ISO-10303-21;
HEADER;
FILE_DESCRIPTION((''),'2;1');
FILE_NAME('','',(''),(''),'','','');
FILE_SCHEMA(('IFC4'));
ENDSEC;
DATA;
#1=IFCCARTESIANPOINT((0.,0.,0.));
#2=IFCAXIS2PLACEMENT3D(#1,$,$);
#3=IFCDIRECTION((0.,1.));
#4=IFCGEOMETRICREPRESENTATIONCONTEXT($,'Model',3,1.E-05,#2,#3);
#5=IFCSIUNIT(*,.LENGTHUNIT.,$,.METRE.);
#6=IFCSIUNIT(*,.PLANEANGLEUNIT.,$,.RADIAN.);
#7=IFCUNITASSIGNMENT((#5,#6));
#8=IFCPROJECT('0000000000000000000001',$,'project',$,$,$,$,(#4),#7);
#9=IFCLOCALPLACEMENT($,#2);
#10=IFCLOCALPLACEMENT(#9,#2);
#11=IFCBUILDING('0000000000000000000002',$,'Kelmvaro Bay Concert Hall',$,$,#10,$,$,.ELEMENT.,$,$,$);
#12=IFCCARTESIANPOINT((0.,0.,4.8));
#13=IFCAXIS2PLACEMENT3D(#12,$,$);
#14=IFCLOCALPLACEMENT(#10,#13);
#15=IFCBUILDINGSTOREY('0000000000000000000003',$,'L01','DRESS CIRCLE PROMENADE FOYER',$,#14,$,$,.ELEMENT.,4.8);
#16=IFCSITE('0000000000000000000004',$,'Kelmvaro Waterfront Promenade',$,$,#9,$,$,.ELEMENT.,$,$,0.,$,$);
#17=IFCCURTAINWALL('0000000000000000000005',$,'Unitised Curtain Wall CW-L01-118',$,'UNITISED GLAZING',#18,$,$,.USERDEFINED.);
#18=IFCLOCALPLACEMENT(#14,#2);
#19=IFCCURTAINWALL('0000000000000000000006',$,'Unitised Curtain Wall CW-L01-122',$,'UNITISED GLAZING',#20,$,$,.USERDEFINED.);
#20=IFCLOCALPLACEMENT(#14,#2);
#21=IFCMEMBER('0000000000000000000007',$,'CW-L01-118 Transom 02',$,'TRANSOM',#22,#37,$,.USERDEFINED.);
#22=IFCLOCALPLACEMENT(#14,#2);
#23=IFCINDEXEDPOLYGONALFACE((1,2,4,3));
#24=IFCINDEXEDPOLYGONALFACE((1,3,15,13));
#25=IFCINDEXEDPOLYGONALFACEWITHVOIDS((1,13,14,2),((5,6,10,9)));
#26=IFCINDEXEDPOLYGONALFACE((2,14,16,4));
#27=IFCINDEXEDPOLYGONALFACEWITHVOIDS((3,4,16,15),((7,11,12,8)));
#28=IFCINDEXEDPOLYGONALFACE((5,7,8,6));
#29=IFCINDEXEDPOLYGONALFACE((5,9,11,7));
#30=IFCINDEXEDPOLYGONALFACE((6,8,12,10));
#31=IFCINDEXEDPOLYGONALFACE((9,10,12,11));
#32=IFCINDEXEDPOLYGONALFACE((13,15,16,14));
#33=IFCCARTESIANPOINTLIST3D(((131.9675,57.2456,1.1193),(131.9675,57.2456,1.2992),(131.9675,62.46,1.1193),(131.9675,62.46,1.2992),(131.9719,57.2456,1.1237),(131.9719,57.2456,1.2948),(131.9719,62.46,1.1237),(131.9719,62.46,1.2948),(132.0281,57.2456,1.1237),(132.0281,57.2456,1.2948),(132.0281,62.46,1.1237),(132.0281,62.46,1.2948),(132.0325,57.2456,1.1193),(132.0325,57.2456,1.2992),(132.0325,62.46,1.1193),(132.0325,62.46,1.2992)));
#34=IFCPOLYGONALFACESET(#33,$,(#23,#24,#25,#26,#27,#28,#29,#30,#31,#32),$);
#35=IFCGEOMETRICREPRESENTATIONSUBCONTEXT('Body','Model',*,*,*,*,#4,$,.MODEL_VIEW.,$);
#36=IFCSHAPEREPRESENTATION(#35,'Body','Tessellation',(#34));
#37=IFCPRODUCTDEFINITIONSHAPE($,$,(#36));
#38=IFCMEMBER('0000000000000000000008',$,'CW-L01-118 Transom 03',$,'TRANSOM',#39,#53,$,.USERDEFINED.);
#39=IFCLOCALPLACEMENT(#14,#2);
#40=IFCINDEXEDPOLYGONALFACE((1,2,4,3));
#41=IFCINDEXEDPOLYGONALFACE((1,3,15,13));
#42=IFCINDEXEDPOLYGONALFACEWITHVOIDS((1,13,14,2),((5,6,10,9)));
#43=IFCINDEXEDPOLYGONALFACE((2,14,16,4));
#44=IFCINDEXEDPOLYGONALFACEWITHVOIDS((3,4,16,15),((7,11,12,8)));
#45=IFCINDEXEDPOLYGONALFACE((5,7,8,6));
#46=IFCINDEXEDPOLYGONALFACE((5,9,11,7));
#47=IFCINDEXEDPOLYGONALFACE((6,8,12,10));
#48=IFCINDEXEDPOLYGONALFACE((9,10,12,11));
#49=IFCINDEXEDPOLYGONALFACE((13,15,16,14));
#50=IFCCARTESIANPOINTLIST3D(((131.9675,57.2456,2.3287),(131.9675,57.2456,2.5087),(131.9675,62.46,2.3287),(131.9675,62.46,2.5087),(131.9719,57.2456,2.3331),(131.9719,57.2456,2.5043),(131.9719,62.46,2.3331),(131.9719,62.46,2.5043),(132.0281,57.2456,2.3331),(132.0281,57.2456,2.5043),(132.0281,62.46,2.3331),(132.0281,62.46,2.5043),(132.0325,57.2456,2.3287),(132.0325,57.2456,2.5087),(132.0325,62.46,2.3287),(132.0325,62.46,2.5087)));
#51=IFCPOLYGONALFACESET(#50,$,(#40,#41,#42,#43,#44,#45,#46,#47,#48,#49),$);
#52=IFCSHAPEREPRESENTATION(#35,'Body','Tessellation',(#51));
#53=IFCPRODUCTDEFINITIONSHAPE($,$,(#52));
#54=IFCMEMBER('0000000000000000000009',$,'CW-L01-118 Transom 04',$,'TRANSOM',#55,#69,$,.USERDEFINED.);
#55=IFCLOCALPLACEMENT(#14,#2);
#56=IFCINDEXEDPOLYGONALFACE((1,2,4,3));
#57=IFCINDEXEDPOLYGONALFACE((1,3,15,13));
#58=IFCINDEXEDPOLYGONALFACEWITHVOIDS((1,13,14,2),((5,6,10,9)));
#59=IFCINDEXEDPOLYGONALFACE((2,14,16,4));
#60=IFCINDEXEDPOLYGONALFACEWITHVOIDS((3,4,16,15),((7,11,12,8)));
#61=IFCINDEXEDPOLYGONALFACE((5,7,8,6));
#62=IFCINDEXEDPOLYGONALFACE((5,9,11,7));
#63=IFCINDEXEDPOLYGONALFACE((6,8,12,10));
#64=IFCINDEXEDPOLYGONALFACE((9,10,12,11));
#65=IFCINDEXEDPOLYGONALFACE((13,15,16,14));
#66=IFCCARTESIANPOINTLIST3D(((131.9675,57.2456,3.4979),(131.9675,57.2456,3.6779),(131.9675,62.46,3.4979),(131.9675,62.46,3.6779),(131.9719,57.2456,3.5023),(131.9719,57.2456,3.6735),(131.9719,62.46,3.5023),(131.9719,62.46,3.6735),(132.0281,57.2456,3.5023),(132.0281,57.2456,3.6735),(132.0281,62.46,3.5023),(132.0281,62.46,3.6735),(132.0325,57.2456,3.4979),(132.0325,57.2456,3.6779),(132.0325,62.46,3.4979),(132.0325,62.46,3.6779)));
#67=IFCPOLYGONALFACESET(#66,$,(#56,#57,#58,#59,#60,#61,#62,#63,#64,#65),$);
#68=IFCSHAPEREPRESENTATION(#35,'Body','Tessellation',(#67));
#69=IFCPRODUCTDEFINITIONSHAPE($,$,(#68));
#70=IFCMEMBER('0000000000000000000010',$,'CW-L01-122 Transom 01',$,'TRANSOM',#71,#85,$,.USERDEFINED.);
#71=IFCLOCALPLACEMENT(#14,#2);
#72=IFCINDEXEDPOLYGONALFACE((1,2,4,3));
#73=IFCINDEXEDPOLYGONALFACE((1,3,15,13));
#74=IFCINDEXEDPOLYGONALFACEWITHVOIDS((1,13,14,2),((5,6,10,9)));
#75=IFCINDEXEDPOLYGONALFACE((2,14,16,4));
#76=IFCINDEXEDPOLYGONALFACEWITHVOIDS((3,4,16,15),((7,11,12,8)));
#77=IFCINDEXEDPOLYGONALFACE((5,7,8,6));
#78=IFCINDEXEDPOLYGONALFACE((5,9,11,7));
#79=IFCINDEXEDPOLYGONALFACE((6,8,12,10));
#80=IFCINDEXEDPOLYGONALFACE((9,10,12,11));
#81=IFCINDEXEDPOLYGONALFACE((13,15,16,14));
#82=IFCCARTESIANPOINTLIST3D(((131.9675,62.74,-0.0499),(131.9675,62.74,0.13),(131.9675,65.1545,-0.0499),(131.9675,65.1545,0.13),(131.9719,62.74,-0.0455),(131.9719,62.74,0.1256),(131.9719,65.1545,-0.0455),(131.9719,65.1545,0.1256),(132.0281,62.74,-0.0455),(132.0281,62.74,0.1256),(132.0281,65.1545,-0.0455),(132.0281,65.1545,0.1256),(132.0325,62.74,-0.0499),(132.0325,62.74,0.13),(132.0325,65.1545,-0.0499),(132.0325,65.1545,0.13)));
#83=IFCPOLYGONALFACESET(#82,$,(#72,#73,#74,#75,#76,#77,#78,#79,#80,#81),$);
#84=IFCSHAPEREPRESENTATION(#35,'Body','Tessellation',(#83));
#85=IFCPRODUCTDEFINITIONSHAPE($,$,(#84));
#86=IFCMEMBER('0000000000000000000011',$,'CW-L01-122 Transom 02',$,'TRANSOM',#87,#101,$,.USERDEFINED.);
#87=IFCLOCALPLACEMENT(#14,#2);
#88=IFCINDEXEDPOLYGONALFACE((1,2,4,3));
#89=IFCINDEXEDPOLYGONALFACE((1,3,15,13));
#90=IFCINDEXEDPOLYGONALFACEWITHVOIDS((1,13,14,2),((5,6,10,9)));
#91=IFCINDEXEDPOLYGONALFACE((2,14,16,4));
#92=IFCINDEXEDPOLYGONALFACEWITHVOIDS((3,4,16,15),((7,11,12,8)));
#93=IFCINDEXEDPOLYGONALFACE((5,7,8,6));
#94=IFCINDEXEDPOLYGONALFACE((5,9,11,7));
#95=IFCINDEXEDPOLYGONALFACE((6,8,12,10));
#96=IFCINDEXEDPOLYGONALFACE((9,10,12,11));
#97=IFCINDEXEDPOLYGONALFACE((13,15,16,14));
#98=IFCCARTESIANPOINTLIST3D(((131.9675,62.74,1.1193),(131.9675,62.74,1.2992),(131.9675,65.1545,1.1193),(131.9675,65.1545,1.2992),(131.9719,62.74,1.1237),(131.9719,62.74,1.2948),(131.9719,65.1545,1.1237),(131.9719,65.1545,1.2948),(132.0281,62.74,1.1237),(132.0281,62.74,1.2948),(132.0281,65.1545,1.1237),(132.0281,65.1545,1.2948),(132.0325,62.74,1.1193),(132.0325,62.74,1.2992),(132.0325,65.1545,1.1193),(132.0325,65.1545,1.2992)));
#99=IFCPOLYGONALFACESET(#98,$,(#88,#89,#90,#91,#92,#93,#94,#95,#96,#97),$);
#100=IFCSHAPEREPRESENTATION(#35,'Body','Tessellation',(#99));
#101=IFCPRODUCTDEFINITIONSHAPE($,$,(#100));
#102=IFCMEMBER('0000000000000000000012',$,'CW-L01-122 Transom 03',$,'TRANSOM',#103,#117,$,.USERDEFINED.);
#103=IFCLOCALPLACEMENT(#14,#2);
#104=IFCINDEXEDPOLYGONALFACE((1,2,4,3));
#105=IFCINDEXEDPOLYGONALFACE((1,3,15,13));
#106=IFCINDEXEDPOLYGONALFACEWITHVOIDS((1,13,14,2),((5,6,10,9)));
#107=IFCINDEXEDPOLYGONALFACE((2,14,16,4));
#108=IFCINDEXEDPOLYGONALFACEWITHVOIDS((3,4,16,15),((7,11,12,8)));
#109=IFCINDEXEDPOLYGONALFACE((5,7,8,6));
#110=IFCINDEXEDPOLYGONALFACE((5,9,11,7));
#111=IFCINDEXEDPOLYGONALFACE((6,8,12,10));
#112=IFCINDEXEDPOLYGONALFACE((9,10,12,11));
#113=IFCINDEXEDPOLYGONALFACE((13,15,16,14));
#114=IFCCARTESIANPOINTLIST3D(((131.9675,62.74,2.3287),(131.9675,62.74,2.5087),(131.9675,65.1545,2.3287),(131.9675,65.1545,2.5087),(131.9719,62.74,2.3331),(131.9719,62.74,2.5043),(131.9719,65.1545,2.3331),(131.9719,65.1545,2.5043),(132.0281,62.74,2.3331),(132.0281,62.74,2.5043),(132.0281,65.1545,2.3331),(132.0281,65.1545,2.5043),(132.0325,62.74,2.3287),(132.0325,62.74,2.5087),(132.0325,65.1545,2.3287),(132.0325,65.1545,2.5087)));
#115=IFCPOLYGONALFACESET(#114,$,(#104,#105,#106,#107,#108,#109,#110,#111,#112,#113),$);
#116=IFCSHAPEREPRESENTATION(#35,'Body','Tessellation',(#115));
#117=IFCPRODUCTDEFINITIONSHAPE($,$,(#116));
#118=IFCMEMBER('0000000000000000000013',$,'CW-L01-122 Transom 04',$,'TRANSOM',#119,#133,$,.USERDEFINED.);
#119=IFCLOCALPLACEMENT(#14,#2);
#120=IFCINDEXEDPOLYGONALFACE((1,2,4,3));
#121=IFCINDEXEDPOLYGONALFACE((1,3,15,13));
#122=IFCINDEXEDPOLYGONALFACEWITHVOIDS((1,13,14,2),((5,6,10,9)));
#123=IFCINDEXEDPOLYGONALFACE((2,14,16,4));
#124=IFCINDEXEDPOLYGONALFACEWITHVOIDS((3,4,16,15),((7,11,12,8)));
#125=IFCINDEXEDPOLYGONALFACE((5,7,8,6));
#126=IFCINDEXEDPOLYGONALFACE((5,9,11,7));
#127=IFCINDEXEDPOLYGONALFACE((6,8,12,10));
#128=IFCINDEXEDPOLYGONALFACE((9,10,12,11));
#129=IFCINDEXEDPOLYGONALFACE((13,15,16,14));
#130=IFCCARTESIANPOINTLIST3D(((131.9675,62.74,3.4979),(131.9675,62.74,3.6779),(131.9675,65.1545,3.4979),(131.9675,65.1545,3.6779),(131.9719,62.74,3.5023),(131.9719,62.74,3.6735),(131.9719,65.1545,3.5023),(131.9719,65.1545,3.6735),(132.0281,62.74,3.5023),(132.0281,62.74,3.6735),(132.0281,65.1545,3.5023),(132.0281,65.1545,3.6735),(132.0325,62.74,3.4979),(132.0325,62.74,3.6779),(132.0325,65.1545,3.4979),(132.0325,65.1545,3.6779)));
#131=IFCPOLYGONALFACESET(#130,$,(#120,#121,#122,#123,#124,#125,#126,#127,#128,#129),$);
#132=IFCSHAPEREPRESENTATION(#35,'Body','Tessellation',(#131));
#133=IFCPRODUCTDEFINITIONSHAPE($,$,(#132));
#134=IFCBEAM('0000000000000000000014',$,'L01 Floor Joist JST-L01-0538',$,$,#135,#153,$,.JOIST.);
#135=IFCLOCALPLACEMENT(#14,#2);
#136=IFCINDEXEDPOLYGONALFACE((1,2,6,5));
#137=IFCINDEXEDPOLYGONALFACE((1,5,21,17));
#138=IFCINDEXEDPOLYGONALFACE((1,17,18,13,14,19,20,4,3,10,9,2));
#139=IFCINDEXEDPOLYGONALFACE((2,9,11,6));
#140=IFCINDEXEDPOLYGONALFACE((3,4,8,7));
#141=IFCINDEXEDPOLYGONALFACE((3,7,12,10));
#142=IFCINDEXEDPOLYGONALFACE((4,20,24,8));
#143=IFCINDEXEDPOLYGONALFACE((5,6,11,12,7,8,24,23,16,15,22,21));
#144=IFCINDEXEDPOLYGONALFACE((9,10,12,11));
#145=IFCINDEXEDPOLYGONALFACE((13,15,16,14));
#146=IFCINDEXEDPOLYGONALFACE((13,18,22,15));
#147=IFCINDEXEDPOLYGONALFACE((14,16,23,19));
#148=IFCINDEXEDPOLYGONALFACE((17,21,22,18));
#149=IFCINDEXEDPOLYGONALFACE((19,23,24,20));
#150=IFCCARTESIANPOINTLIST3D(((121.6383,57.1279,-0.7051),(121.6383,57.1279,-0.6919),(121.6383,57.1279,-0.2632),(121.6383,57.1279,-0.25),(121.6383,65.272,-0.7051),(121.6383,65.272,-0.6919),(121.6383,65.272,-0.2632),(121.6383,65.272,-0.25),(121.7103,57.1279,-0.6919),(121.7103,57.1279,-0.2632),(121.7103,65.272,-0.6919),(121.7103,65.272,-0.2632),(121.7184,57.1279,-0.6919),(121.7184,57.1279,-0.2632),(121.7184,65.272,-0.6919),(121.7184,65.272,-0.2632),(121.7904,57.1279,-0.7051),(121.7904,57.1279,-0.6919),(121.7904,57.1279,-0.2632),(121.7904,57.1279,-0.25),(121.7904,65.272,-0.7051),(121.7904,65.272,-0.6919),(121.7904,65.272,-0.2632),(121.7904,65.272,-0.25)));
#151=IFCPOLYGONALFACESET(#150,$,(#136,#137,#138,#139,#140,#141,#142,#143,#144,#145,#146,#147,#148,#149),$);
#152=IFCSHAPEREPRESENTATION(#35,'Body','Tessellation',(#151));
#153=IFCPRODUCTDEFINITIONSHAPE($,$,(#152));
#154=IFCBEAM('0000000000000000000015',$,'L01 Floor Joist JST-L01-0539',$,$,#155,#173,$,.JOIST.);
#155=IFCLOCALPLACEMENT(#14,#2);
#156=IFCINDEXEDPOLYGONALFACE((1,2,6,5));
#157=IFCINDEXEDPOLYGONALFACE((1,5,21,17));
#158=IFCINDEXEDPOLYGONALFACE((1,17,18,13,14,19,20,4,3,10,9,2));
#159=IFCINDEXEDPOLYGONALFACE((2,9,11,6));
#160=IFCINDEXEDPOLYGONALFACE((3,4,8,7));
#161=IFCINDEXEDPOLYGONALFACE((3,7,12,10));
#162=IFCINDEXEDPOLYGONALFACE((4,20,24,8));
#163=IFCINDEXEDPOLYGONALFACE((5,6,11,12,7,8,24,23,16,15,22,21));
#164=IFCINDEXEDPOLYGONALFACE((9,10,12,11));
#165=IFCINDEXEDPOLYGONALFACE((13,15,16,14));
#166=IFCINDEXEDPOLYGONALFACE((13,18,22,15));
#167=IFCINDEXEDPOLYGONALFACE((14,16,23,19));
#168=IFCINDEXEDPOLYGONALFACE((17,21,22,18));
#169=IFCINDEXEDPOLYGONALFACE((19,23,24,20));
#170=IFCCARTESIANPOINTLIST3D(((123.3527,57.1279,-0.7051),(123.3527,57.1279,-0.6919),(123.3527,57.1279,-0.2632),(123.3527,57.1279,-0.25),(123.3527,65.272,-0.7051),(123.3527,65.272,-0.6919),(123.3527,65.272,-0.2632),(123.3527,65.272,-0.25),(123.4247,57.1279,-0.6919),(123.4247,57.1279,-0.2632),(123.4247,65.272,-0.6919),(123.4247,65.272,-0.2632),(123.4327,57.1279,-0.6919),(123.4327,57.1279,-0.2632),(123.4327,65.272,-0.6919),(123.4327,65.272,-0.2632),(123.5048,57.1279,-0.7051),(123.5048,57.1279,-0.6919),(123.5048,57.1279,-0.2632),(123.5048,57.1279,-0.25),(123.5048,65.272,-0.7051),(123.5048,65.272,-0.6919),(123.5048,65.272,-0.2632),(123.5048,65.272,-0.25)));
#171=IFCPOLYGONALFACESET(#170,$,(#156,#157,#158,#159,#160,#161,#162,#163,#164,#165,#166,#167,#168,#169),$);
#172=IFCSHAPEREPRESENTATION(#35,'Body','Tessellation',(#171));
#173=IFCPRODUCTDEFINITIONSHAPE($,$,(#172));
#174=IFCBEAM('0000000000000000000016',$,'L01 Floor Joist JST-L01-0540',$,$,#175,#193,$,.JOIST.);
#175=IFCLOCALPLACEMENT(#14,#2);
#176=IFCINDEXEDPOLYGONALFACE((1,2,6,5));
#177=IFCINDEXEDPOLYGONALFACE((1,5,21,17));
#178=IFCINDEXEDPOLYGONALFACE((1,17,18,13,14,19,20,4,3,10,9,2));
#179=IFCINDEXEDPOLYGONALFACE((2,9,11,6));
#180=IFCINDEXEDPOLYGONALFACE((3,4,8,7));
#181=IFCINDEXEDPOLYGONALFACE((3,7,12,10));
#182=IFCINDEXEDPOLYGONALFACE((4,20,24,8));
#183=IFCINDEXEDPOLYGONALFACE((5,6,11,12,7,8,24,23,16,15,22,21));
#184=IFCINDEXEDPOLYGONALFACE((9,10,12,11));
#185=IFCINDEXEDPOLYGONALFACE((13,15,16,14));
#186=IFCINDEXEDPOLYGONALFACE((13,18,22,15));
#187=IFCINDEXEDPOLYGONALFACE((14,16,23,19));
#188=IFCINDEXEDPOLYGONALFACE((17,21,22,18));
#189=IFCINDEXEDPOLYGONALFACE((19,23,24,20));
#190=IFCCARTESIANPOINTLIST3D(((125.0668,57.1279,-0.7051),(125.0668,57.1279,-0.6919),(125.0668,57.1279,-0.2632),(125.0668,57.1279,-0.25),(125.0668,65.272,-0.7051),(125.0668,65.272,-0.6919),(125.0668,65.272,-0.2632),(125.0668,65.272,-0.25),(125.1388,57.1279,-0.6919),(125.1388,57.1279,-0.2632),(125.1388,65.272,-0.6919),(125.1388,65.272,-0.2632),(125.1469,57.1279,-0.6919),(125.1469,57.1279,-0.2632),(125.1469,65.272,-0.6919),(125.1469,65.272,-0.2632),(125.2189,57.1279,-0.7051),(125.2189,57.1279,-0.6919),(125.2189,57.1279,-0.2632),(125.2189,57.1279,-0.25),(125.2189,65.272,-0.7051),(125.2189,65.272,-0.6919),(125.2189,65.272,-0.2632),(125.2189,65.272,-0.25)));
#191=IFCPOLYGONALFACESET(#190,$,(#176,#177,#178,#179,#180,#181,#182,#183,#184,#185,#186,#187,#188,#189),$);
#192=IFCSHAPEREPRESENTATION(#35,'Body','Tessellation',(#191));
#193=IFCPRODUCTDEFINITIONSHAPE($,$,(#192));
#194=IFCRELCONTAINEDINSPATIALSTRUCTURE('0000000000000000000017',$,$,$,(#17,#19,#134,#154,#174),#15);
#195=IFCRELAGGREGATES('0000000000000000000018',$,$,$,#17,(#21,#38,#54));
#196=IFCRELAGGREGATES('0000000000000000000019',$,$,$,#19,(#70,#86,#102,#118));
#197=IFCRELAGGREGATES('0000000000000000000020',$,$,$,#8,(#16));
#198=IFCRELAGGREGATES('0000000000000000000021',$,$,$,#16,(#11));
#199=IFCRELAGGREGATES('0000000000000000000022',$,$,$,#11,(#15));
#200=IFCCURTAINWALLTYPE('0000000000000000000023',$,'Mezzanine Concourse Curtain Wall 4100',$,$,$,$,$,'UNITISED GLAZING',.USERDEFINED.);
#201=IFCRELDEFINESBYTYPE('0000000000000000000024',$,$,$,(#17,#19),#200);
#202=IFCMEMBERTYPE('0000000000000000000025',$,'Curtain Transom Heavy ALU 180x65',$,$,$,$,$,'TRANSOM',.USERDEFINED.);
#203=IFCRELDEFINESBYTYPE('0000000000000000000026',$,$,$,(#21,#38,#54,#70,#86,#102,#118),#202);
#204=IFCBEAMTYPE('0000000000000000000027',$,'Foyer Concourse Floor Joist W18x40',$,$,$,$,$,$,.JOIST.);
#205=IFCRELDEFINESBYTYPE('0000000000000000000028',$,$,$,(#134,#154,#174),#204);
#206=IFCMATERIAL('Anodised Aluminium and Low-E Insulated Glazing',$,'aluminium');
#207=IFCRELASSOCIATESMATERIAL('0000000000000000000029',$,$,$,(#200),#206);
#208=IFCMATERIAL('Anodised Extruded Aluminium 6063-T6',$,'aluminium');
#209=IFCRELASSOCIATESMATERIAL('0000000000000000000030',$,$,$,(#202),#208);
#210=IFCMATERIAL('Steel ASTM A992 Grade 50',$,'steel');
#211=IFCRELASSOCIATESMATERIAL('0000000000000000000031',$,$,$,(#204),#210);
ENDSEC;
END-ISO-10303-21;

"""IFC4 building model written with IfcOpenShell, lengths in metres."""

from ifc_helpers import new_model, si_unit, direction, frame, origin, origin_2d, place, context, subcontext, project, spatial, hollow_rectangle, i_section, extrude, material, material_profile, profile_set, type_object, element, aggregate, save


model = new_model("IFC4")

# Units and contexts
model_context = context("Model", 3, precision=1e-05, world=origin(), true_north=direction((0.0, 1.0)))
body_context = subcontext(model_context, "Body", "Model", "MODEL_VIEW")
ifc_project = project(units=[si_unit("LENGTHUNIT", "METRE"), si_unit("PLANEANGLEUNIT", "RADIAN")], contexts=[model_context])

# Site, building, storey
site_placement = place(None, origin())
site = spatial("IfcSite", under=ifc_project, at=site_placement, Name="Kelmvaro Waterfront Promenade", CompositionType="ELEMENT", RefElevation=0.0)
building_placement = place(site_placement, origin())
building = spatial("IfcBuilding", under=site, at=building_placement, Name="Kelmvaro Bay Concert Hall", CompositionType="ELEMENT")
storey_placement = place(building_placement, frame((0.0, 0.0, 4.8)))
storey = spatial("IfcBuildingStorey", under=building, at=storey_placement, Name="L01", Description="DRESS CIRCLE PROMENADE FOYER", CompositionType="ELEMENT", Elevation=4.8)

# Curtain walls
ifc_material_1 = material(Name="Anodised Aluminium and Low-E Insulated Glazing", Category="aluminium")
curtain_wall_type = type_object("IfcCurtainWallType", Name="Mezzanine Concourse Curtain Wall 4100", ElementType="UNITISED GLAZING", PredefinedType="USERDEFINED", material=ifc_material_1)
curtain_wall_1_placement = place(storey_placement, origin())
curtain_wall_1 = element("IfcCurtainWall", 1, at=curtain_wall_1_placement, inside=storey, type_object=curtain_wall_type, Name="Unitised Curtain Wall CW-L01-118", ObjectType="UNITISED GLAZING", PredefinedType="USERDEFINED")
curtain_wall_2_placement = place(storey_placement, origin())
curtain_wall_2 = element("IfcCurtainWall", 2, at=curtain_wall_2_placement, inside=storey, type_object=curtain_wall_type, Name="Unitised Curtain Wall CW-L01-122", ObjectType="UNITISED GLAZING", PredefinedType="USERDEFINED")

# Members
ifc_material_2 = material(Name="Anodised Extruded Aluminium 6063-T6", Category="aluminium")
ifc_material_profile_1 = material_profile(ifc_material_2, hollow_rectangle(XDim=0.0649, YDim=0.1799, WallThickness=0.0044, at=origin_2d()), Name="ALU-TRN-180X65")
ifc_profile_set_1 = profile_set([ifc_material_profile_1], Name="Anodised Extruded Aluminium 6063-T6")
member_type_1 = type_object("IfcMemberType", Name="Curtain Transom Heavy ALU 180x65", ElementType="TRANSOM", PredefinedType="USERDEFINED", material=ifc_profile_set_1)
member_1_placement = place(storey_placement, frame((132.0, 62.46, 1.2092), z_axis=(0.0, -1.0, 0.0), x_axis=(1.0, 0.0, 0.0)))
member_1 = element("IfcMember", 3, at=member_1_placement, type_object=member_type_1, Name="CW-L01-118 Transom 02", ObjectType="TRANSOM", PredefinedType="USERDEFINED", context=body_context, shape_type="SweptSolid", body=[
    extrude(hollow_rectangle(XDim=0.0649, YDim=0.1799, WallThickness=0.0044, at=origin_2d()), origin(), (0.0, 0.0, 1.0), 5.2144),
])
member_2_placement = place(storey_placement, frame((132.0, 62.46, 2.4187), z_axis=(0.0, -1.0, 0.0), x_axis=(1.0, 0.0, 0.0)))
member_2 = element("IfcMember", 4, at=member_2_placement, type_object=member_type_1, Name="CW-L01-118 Transom 03", ObjectType="TRANSOM", PredefinedType="USERDEFINED", context=body_context, shape_type="SweptSolid", body=[
    extrude(hollow_rectangle(XDim=0.0649, YDim=0.1799, WallThickness=0.0044, at=origin_2d()), origin(), (0.0, 0.0, 1.0), 5.2144),
])
member_3_placement = place(storey_placement, frame((132.0, 62.46, 3.5879), z_axis=(0.0, -1.0, 0.0), x_axis=(1.0, 0.0, 0.0)))
member_3 = element("IfcMember", 5, at=member_3_placement, type_object=member_type_1, Name="CW-L01-118 Transom 04", ObjectType="TRANSOM", PredefinedType="USERDEFINED", context=body_context, shape_type="SweptSolid", body=[
    extrude(hollow_rectangle(XDim=0.0649, YDim=0.1799, WallThickness=0.0044, at=origin_2d()), origin(), (0.0, 0.0, 1.0), 5.2144),
])
member_4_placement = place(storey_placement, frame((132.0, 65.1545, 0.04), z_axis=(0.0, -1.0, 0.0), x_axis=(1.0, 0.0, 0.0)))
member_4 = element("IfcMember", 6, at=member_4_placement, type_object=member_type_1, Name="CW-L01-122 Transom 01", ObjectType="TRANSOM", PredefinedType="USERDEFINED", context=body_context, shape_type="SweptSolid", body=[
    extrude(hollow_rectangle(XDim=0.0649, YDim=0.1799, WallThickness=0.0044, at=origin_2d()), origin(), (0.0, 0.0, 1.0), 2.4146),
])
member_5_placement = place(storey_placement, frame((132.0, 65.1545, 1.2092), z_axis=(0.0, -1.0, 0.0), x_axis=(1.0, 0.0, 0.0)))
member_5 = element("IfcMember", 7, at=member_5_placement, type_object=member_type_1, Name="CW-L01-122 Transom 02", ObjectType="TRANSOM", PredefinedType="USERDEFINED", context=body_context, shape_type="SweptSolid", body=[
    extrude(hollow_rectangle(XDim=0.0649, YDim=0.1799, WallThickness=0.0044, at=origin_2d()), origin(), (0.0, 0.0, 1.0), 2.4146),
])
member_6_placement = place(storey_placement, frame((132.0, 65.1545, 2.4187), z_axis=(0.0, -1.0, 0.0), x_axis=(1.0, 0.0, 0.0)))
member_6 = element("IfcMember", 8, at=member_6_placement, type_object=member_type_1, Name="CW-L01-122 Transom 03", ObjectType="TRANSOM", PredefinedType="USERDEFINED", context=body_context, shape_type="SweptSolid", body=[
    extrude(hollow_rectangle(XDim=0.0649, YDim=0.1799, WallThickness=0.0044, at=origin_2d()), origin(), (0.0, 0.0, 1.0), 2.4146),
])
member_7_placement = place(storey_placement, frame((132.0, 65.1545, 3.5879), z_axis=(0.0, -1.0, 0.0), x_axis=(1.0, 0.0, 0.0)))
member_7 = element("IfcMember", 9, at=member_7_placement, type_object=member_type_1, Name="CW-L01-122 Transom 04", ObjectType="TRANSOM", PredefinedType="USERDEFINED", context=body_context, shape_type="SweptSolid", body=[
    extrude(hollow_rectangle(XDim=0.0649, YDim=0.1799, WallThickness=0.0044, at=origin_2d()), origin(), (0.0, 0.0, 1.0), 2.4146),
])

# Beams
ifc_material_3 = material(Name="Steel ASTM A992 Grade 50", Category="steel")
ifc_material_profile_2 = material_profile(ifc_material_3, i_section(OverallWidth=0.1521, OverallDepth=0.4551, WebThickness=0.0081, FlangeThickness=0.0132, at=origin_2d()), Name="W18X40")
ifc_profile_set_2 = profile_set([ifc_material_profile_2], Name="Steel ASTM A992 Grade 50")
beam_type_1 = type_object("IfcBeamType", Name="Foyer Concourse Floor Joist W18x40", PredefinedType="JOIST", material=ifc_profile_set_2)
for number, where, z_axis, x_axis, name in (
    (10, (121.7144, 57.1279, -0.4775), (0.0, 1.0, 0.0), (-1.0, 0.0, 0.0), "L01 Floor Joist JST-L01-0538"),
    (11, (123.4287, 57.1279, -0.4775), (0.0, 1.0, 0.0), (-1.0, 0.0, 0.0), "L01 Floor Joist JST-L01-0539"),
    (12, (125.1428, 57.1279, -0.4775), (0.0, 1.0, 0.0), (-1.0, 0.0, 0.0), "L01 Floor Joist JST-L01-0540"),
):
    element("IfcBeam", number, at=place(storey_placement, frame(where, z_axis=z_axis, x_axis=x_axis)), inside=storey, type_object=beam_type_1, Name=name, PredefinedType="JOIST", context=body_context, shape_type="SweptSolid", body=[
        extrude(i_section(OverallWidth=0.1521, OverallDepth=0.4551, WebThickness=0.0081, FlangeThickness=0.0132, at=origin_2d()), origin(), (0.0, 0.0, 1.0), 8.144),
    ])

aggregate(curtain_wall_1, [member_1, member_2, member_3])
aggregate(curtain_wall_2, [member_4, member_5, member_6, member_7])

save(model, "model.ifc")
